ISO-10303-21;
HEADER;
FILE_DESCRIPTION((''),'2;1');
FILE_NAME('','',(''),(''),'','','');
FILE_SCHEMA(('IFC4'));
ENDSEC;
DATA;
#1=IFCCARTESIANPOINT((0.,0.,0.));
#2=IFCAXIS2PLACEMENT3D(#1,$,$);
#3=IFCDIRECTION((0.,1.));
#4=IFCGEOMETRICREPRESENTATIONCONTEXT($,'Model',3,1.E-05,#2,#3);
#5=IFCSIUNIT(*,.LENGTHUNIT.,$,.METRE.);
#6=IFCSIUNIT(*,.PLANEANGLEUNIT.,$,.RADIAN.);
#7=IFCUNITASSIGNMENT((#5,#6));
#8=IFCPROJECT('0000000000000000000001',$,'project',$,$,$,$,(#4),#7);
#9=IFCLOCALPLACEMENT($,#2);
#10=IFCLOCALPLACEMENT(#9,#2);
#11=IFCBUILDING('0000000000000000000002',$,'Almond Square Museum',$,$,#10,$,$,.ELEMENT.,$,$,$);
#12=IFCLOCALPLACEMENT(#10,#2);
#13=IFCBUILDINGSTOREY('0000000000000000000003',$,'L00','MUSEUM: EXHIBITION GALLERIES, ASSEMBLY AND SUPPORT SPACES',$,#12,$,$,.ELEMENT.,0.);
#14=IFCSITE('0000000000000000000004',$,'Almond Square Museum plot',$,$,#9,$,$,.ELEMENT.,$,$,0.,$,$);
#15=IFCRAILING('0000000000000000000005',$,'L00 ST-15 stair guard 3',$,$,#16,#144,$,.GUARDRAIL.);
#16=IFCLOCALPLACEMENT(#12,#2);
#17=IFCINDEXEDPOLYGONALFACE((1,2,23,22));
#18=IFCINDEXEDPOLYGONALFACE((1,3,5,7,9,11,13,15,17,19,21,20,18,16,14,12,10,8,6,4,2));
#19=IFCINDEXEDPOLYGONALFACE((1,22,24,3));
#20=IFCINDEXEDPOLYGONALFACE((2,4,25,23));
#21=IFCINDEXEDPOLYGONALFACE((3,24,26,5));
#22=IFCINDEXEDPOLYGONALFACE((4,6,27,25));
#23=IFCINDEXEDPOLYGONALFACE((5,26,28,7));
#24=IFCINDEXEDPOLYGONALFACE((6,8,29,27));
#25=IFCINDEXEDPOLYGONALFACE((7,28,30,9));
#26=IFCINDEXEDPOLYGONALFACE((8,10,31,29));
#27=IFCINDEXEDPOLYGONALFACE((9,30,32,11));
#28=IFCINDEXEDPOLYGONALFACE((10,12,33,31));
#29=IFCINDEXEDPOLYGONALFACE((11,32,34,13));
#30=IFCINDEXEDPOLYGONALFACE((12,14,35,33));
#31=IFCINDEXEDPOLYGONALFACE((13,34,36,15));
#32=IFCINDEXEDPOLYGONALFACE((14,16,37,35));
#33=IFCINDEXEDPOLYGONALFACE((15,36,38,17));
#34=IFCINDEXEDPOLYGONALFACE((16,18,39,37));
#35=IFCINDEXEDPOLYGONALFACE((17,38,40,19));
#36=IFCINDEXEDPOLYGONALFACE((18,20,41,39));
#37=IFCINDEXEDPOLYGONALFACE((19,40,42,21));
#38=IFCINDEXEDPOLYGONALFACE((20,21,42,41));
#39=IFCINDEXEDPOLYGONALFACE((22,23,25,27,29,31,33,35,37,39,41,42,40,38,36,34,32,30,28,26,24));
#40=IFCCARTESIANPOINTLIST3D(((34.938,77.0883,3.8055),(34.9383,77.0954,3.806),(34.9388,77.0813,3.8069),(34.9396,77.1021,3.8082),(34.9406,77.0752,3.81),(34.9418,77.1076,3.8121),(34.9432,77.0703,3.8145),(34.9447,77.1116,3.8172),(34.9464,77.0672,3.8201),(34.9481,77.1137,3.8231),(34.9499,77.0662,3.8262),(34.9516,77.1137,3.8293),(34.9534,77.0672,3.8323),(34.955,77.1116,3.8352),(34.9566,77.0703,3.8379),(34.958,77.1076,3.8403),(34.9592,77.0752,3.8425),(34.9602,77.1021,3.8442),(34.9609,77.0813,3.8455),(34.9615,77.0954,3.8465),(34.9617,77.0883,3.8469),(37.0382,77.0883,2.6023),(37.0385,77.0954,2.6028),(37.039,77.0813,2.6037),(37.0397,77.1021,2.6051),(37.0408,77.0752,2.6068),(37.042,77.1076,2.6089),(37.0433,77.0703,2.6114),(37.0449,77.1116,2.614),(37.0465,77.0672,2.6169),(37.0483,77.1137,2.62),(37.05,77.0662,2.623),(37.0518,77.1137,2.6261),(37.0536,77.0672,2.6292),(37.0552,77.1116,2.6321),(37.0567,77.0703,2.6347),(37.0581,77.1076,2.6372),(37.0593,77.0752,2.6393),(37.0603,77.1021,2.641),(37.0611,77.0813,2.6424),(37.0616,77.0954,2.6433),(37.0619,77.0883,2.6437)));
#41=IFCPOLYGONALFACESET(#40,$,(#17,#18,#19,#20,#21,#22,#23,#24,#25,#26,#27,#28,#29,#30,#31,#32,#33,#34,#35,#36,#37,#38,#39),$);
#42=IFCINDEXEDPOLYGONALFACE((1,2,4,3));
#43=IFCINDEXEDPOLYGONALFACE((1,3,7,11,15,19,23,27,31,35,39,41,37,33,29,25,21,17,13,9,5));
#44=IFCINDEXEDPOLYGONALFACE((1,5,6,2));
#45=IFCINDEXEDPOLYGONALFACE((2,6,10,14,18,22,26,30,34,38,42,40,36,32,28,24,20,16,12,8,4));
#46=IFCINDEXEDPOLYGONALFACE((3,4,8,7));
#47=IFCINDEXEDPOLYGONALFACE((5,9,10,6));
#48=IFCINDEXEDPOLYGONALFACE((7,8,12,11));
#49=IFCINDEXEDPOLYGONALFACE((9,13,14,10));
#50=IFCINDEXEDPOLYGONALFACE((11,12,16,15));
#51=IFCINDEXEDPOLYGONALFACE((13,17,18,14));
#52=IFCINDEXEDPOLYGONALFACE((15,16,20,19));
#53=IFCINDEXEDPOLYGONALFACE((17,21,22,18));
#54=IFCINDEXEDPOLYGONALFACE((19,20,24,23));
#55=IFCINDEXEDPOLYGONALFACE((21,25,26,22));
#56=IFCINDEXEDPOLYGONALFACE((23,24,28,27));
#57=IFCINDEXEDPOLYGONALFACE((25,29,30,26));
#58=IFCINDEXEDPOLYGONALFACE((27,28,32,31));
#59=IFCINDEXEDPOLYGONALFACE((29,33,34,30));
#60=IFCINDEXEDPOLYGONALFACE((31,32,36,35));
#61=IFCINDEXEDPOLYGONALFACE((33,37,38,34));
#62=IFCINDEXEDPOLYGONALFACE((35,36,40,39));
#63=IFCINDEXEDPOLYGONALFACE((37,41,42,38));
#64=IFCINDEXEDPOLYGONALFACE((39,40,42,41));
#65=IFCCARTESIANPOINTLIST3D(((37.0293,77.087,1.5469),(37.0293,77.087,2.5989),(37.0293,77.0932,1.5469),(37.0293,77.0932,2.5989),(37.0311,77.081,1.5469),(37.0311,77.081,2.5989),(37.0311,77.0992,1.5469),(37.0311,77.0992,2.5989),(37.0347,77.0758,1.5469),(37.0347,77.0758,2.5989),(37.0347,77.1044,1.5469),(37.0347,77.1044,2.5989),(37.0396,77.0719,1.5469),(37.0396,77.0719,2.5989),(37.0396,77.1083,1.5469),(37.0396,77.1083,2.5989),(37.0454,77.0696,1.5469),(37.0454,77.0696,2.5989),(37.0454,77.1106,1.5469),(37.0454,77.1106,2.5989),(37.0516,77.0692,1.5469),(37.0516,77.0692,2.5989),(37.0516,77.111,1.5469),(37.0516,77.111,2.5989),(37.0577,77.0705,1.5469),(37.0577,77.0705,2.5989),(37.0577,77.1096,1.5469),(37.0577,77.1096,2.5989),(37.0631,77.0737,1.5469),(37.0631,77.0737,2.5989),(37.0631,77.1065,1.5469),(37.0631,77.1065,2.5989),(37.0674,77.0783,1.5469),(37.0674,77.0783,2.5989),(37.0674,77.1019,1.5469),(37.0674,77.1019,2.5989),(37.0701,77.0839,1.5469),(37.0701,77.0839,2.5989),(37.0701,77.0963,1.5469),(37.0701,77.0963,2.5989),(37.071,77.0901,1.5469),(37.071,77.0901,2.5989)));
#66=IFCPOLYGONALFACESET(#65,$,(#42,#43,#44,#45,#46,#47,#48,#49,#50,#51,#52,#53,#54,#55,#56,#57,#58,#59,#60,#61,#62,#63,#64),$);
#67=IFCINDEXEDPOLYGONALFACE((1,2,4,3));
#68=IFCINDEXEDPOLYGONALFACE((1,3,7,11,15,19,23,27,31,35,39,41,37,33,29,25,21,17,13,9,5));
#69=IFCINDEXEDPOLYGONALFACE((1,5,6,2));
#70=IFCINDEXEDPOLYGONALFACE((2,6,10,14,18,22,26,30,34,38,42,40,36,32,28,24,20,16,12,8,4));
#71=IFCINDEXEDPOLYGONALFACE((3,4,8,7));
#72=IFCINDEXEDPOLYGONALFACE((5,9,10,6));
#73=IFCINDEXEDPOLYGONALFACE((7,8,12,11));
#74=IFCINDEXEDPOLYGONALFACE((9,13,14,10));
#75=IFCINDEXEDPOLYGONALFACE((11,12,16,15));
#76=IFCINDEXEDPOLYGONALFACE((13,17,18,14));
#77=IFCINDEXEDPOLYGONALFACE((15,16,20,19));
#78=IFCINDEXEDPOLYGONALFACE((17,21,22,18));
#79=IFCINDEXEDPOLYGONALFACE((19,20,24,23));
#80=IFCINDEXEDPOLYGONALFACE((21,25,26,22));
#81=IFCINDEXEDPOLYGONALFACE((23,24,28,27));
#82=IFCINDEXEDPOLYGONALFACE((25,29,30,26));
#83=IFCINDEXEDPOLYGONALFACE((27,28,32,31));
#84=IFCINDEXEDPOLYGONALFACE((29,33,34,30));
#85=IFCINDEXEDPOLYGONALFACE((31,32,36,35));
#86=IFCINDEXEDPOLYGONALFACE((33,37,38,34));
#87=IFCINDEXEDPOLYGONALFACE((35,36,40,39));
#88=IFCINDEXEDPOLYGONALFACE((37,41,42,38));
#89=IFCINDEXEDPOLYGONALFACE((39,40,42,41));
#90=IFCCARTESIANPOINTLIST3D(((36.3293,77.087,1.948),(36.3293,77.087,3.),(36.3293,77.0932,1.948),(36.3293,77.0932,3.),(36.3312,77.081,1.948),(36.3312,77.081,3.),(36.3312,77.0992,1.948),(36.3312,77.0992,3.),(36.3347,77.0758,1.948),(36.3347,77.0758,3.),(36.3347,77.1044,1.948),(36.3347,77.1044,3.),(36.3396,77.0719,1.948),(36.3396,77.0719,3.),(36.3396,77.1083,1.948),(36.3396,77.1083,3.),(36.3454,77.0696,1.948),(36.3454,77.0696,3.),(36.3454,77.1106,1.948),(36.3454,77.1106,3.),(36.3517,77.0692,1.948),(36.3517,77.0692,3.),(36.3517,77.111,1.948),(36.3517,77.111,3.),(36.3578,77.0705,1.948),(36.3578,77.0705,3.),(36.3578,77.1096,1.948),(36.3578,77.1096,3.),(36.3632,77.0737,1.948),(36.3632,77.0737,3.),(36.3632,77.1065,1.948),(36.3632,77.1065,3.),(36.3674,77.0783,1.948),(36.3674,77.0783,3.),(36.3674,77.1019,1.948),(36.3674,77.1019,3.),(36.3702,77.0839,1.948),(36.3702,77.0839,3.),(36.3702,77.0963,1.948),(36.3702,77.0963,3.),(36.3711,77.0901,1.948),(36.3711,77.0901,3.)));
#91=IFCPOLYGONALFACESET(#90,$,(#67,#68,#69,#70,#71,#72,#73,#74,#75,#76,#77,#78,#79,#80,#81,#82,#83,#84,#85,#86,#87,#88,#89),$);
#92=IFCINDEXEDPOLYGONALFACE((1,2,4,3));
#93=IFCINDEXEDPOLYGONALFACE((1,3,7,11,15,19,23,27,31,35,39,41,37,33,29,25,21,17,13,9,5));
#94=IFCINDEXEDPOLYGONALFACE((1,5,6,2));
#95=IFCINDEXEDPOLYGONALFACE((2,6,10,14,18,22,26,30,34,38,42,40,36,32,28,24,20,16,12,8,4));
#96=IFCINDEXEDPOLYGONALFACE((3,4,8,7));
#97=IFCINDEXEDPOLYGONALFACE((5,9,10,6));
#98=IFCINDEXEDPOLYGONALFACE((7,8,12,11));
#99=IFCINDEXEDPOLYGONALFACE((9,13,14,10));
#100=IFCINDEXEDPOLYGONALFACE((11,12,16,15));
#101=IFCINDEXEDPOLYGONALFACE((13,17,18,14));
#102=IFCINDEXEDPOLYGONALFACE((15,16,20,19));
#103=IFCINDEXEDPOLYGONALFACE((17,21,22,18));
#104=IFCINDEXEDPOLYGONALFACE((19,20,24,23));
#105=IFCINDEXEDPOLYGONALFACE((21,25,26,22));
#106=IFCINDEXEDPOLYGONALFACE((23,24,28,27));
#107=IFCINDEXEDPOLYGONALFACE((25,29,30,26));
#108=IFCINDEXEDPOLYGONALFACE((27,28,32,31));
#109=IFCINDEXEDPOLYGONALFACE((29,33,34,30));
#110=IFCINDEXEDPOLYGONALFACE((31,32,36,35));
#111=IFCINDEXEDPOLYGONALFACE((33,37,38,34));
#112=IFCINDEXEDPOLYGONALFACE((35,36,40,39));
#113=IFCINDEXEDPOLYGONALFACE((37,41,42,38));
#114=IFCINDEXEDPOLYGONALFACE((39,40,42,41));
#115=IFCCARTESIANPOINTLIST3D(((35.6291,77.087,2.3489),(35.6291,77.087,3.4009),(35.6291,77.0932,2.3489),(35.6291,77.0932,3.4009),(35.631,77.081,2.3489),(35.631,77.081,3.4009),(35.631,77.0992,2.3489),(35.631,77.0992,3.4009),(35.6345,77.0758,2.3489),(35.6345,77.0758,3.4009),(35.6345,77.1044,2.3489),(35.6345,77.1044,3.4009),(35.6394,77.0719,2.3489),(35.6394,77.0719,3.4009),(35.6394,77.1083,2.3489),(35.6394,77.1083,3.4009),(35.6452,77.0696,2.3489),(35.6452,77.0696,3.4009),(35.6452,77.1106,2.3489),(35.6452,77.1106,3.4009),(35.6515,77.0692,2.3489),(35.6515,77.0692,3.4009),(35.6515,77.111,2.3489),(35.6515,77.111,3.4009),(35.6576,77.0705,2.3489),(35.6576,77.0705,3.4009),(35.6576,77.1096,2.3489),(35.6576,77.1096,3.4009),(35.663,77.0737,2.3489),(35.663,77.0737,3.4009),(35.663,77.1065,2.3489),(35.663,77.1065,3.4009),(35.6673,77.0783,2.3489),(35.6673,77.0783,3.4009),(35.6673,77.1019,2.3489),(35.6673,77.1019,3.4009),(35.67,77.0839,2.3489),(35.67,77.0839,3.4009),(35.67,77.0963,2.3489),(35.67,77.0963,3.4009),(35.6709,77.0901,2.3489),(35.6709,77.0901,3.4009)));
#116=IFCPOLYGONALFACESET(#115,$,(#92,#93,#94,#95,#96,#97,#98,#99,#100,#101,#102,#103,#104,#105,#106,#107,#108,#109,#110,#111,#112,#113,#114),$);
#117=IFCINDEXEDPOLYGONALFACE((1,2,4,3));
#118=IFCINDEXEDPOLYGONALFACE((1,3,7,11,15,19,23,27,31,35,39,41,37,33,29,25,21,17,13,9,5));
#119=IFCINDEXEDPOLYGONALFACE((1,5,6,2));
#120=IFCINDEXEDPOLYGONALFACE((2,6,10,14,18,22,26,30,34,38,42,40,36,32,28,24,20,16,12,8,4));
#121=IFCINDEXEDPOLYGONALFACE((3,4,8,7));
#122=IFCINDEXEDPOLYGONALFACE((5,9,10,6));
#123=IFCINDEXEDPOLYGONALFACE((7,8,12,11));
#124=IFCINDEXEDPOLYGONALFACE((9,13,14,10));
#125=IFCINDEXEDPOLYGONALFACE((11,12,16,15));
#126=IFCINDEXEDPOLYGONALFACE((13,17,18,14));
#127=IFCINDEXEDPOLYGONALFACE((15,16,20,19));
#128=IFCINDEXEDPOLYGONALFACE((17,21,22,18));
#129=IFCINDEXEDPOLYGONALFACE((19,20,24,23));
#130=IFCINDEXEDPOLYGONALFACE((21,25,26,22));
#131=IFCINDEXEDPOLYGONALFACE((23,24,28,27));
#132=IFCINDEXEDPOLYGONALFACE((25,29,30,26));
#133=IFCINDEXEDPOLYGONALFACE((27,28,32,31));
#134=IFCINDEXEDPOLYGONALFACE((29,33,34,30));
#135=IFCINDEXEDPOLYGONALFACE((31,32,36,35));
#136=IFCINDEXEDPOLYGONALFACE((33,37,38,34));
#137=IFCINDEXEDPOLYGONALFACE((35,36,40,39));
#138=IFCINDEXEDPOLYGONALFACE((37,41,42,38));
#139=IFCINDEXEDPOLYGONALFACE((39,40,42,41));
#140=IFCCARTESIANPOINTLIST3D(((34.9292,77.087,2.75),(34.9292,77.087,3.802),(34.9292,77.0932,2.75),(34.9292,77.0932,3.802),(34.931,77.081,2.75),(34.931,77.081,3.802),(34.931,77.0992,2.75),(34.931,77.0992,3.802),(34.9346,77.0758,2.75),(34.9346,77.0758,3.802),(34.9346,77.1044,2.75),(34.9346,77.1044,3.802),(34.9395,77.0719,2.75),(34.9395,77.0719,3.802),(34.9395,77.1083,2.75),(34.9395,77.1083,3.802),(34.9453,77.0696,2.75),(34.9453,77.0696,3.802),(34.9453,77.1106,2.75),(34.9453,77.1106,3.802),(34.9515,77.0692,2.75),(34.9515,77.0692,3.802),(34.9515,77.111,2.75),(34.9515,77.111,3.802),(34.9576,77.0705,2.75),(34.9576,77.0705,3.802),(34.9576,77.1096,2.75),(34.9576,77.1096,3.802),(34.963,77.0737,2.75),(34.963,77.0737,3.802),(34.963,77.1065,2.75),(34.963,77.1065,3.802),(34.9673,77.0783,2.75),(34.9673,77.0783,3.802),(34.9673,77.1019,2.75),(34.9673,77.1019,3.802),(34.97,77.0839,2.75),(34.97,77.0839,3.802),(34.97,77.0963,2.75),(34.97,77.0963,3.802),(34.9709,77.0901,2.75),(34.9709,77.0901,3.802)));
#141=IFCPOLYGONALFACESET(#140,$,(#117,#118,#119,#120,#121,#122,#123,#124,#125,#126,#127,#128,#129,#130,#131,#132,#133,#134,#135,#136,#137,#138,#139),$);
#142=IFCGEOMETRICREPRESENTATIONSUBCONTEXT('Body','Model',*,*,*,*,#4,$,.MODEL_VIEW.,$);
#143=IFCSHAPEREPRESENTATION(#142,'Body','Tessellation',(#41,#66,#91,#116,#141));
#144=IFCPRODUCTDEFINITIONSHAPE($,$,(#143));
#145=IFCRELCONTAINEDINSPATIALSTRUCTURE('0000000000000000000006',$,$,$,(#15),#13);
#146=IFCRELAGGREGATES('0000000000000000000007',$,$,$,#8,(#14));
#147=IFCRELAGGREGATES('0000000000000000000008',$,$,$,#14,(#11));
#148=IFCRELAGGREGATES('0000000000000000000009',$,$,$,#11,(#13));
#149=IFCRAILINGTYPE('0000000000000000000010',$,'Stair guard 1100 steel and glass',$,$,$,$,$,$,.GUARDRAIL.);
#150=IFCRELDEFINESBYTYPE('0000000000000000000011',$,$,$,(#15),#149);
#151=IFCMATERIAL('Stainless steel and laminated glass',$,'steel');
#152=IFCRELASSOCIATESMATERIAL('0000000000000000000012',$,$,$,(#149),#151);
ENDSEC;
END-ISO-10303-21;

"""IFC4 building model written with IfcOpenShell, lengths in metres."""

from ifc_helpers import new_model, si_unit, direction, frame, origin, origin_2d, place, context, subcontext, project, spatial, circle, extrude, material, type_object, element, save


model = new_model("IFC4")

# Units and contexts
model_context = context("Model", 3, precision=1e-05, world=origin(), true_north=direction((0.0, 1.0)))
body_context = subcontext(model_context, "Body", "Model", "MODEL_VIEW")
ifc_project = project(units=[si_unit("LENGTHUNIT", "METRE"), si_unit("PLANEANGLEUNIT", "RADIAN")], contexts=[model_context])

# Site, building, storey
site_placement = place(None, origin())
site = spatial("IfcSite", under=ifc_project, at=site_placement, Name="Almond Square Museum plot", CompositionType="ELEMENT", RefElevation=0.0)
building_placement = place(site_placement, origin())
building = spatial("IfcBuilding", under=site, at=building_placement, Name="Almond Square Museum", CompositionType="ELEMENT")
storey_placement = place(building_placement, origin())
storey = spatial("IfcBuildingStorey", under=building, at=storey_placement, Name="L00", Description="MUSEUM: EXHIBITION GALLERIES, ASSEMBLY AND SUPPORT SPACES", CompositionType="ELEMENT", Elevation=0.0)

# Railing
ifc_material_1 = material(Name="Stainless steel and laminated glass", Category="steel")
railing_type_1 = type_object("IfcRailingType", Name="Stair guard 1100 steel and glass", PredefinedType="GUARDRAIL", material=ifc_material_1)
railing_1_placement = place(storey_placement, frame((37.05, 77.0901, 1.5469)))
element("IfcRailing", 1, at=railing_1_placement, inside=storey, type_object=railing_type_1, Name="L00 ST-15 stair guard 3", PredefinedType="GUARDRAIL", context=body_context, shape_type="SweptSolid", body=[
    extrude(circle(Radius=0.0239, at=origin_2d()), frame((0.0, 0.0, 1.0762), z_axis=(-0.867696, 0.0, 0.497095), x_axis=(0.0, -1.0, 0.0)), (0.0, 0.0, 1.0), 2.4204),
    extrude(circle(Radius=0.021, at=origin_2d()), origin(), (0.0, 0.0, 1.0), 1.052),
    extrude(circle(Radius=0.021, at=origin_2d()), frame((-0.7, 0.0, 0.4011)), (0.0, 0.0, 1.0), 1.052),
    extrude(circle(Radius=0.021, at=origin_2d()), frame((-1.4001, 0.0, 0.802)), (0.0, 0.0, 1.0), 1.052),
    extrude(circle(Radius=0.021, at=origin_2d()), frame((-2.1001, 0.0, 1.2031)), (0.0, 0.0, 1.0), 1.052),
])

save(model, "model.ifc")
